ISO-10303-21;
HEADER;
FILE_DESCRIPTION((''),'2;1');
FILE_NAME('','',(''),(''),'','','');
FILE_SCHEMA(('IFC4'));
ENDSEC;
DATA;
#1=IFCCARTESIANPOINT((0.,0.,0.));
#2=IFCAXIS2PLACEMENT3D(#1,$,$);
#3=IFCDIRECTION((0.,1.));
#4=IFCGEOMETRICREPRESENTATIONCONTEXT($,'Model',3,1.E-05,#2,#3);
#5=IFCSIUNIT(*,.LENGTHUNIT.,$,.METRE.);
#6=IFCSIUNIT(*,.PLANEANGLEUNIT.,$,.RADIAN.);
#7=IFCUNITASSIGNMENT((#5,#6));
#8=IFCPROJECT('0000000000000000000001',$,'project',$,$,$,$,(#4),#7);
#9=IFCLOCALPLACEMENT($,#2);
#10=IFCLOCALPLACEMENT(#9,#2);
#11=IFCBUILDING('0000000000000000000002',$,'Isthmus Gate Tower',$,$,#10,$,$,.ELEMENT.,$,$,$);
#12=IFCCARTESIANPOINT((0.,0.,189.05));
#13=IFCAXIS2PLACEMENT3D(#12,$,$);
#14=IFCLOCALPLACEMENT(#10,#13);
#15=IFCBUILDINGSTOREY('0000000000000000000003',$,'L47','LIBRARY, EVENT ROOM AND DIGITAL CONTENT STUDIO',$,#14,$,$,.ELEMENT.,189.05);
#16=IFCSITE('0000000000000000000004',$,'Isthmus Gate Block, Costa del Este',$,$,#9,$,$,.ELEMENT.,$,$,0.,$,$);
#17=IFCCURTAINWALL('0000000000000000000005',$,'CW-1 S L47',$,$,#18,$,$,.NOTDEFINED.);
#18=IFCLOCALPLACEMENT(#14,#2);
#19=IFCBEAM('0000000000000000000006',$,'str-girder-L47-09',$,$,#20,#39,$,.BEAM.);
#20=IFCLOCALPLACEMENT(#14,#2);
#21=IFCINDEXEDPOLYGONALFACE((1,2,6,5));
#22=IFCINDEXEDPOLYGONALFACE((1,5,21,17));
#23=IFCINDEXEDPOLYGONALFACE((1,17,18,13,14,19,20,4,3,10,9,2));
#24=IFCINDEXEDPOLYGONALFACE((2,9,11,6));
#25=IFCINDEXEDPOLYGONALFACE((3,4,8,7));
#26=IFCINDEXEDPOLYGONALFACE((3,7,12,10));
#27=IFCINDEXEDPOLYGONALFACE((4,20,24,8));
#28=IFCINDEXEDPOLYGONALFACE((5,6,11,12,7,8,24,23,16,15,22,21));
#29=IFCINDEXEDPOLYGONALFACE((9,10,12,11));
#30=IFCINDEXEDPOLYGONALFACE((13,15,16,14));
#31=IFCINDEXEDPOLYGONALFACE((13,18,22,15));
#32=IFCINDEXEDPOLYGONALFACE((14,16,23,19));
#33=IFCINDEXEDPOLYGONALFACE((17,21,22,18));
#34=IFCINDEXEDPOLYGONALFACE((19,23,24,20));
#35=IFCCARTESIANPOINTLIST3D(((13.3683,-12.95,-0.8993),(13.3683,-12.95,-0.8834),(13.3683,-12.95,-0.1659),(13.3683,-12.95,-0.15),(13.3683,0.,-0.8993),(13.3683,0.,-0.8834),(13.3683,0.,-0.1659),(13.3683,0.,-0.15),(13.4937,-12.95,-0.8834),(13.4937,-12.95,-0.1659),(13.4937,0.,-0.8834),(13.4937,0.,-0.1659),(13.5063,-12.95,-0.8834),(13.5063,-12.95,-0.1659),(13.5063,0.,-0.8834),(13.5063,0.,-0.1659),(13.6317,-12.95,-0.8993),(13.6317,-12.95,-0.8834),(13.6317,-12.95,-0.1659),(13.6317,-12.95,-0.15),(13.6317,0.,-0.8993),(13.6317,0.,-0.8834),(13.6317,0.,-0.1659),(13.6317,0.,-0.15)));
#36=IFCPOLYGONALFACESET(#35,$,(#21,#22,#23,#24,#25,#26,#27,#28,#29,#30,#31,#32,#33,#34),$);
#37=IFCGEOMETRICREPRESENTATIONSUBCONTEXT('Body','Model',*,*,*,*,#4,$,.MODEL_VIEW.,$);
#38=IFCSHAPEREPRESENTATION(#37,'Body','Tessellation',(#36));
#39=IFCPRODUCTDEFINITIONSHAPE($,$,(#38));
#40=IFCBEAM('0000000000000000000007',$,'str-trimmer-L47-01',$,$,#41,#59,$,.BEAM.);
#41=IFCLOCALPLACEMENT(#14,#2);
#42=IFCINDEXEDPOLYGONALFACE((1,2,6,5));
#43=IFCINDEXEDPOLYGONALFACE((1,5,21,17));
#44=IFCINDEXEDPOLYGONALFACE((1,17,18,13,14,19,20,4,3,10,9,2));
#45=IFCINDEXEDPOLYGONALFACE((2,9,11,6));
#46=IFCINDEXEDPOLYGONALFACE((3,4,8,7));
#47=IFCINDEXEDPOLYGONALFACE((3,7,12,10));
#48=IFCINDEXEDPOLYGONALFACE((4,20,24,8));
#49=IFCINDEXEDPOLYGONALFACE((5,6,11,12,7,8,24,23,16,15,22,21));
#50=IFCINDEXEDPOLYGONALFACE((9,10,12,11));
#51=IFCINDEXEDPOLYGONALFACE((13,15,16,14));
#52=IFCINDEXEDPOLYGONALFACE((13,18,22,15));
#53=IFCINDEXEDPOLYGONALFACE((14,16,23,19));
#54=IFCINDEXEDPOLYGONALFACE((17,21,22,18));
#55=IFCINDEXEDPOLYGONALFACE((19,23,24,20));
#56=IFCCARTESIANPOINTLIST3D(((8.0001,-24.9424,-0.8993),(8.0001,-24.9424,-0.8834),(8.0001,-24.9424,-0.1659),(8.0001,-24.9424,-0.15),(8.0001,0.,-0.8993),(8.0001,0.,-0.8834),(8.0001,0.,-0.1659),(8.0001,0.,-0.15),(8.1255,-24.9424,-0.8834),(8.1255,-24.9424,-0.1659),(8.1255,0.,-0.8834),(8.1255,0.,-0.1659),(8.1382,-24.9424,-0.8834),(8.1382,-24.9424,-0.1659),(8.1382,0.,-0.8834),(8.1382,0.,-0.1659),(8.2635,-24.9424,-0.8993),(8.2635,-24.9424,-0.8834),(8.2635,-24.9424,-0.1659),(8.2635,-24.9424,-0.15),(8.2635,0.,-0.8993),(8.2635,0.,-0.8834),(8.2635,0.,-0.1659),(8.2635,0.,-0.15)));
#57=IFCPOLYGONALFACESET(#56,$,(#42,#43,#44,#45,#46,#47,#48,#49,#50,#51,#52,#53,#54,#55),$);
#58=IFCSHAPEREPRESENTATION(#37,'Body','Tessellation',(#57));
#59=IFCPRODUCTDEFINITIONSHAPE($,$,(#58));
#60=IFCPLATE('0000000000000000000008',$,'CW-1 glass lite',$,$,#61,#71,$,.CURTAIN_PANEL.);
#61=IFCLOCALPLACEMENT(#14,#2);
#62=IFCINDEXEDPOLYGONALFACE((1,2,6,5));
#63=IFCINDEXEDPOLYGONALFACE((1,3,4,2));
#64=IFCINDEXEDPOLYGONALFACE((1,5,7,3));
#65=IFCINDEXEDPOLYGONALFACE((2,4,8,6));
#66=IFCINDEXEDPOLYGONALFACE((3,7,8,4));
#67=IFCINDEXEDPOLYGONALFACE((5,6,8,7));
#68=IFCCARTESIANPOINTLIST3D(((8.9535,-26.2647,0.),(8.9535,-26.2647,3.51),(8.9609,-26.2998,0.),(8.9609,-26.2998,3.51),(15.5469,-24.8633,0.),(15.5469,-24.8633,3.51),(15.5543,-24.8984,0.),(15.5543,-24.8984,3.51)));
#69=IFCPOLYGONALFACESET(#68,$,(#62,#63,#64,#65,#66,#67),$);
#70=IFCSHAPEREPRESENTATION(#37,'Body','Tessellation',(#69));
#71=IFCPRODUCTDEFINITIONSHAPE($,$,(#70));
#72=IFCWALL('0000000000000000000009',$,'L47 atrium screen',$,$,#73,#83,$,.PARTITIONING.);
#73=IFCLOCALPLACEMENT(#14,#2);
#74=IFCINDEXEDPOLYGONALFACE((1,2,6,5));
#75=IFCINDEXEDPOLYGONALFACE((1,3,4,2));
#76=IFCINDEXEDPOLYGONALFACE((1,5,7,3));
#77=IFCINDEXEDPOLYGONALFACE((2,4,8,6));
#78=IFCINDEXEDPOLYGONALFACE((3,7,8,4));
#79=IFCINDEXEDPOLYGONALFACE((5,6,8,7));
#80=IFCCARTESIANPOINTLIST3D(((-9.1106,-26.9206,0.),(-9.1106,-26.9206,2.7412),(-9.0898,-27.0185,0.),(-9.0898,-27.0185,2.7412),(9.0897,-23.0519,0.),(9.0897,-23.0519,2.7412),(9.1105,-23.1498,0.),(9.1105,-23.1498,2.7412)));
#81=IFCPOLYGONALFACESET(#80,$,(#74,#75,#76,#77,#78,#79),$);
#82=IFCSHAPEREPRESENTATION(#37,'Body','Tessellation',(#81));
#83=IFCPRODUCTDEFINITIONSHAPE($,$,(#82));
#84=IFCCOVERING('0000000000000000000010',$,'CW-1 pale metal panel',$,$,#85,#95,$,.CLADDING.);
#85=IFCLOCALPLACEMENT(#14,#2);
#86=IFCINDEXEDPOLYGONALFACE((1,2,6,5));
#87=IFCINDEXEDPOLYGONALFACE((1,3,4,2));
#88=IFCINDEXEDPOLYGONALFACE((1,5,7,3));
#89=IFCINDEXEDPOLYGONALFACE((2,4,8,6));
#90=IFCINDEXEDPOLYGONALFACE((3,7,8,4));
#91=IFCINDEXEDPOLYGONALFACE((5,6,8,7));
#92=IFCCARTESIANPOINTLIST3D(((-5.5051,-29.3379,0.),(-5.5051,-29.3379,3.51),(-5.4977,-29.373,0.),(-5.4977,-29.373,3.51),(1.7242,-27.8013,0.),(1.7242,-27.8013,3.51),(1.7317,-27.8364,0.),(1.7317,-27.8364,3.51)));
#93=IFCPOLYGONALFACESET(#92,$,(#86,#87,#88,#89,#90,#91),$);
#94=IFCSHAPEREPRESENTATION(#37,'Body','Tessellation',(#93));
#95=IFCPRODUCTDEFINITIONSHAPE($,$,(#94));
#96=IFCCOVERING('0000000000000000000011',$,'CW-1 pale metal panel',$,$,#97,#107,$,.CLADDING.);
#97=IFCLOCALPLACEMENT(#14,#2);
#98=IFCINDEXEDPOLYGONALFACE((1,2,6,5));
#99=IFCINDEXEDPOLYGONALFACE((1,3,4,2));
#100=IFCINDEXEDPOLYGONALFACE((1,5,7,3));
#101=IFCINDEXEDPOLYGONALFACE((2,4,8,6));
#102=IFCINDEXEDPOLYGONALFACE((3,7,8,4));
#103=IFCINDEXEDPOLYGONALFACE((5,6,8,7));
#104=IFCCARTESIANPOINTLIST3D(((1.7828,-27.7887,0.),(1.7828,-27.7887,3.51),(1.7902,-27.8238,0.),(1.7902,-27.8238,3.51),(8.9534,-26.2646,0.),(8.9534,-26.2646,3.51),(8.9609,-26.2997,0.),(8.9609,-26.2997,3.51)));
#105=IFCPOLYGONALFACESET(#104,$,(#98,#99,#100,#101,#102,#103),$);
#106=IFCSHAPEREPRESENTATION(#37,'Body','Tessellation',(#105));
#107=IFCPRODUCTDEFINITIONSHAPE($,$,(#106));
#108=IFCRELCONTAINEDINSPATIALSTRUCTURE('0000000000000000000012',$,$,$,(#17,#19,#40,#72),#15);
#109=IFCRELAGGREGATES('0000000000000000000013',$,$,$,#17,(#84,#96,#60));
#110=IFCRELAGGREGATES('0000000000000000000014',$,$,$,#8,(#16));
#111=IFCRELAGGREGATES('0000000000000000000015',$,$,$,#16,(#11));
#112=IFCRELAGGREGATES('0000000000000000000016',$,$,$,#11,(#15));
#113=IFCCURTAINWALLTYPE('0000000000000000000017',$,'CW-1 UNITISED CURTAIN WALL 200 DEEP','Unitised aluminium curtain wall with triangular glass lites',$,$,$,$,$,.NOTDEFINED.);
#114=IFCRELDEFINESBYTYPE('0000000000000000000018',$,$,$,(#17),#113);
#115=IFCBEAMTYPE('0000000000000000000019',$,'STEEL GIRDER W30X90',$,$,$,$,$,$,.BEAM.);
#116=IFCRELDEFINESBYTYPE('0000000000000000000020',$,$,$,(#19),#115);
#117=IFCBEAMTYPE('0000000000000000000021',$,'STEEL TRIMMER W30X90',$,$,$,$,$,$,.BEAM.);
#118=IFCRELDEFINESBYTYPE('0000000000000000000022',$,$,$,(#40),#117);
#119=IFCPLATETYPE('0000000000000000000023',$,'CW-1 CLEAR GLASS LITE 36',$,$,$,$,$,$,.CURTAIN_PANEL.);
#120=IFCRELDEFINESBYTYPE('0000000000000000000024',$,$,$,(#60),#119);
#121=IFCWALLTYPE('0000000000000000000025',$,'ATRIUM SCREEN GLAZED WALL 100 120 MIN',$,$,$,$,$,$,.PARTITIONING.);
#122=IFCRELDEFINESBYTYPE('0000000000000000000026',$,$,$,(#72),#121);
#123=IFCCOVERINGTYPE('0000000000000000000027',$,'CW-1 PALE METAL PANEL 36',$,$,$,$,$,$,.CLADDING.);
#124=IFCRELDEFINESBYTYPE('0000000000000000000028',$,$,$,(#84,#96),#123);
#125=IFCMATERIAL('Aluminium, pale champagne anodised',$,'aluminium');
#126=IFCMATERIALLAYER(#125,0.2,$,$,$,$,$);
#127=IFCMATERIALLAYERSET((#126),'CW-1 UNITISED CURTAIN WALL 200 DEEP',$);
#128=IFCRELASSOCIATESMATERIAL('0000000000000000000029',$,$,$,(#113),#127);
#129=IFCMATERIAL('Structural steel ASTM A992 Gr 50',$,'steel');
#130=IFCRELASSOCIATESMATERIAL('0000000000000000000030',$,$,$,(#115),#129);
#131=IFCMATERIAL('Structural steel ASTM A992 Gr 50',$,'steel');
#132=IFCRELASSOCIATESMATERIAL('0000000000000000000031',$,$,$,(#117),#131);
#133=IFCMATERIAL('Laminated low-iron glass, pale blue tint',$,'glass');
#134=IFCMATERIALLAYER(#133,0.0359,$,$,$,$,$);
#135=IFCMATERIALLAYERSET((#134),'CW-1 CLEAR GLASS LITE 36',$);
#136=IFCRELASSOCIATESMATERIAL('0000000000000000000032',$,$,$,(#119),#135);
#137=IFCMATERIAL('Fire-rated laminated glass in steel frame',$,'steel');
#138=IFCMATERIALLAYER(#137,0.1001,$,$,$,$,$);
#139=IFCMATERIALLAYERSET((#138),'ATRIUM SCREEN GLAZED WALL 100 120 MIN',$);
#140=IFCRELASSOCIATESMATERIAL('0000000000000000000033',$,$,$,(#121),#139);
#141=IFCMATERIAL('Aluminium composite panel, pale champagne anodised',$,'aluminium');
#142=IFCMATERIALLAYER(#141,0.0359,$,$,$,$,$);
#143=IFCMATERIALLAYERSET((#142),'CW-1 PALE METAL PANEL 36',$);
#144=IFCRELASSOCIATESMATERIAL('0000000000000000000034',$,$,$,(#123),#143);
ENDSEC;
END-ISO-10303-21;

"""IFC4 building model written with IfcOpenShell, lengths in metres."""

from ifc_helpers import new_model, si_unit, direction, frame, frame_2d, origin, origin_2d, place, context, subcontext, project, spatial, rectangle, i_section, extrude, material, layer, layer_set, material_profile, profile_set, type_object, element, aggregate, save


model = new_model("IFC4")

# Units and contexts
model_context = context("Model", 3, precision=1e-05, world=origin(), true_north=direction((0.0, 1.0)))
body_context = subcontext(model_context, "Body", "Model", "MODEL_VIEW")
ifc_project = project(units=[si_unit("LENGTHUNIT", "METRE"), si_unit("PLANEANGLEUNIT", "RADIAN")], contexts=[model_context])

# Site, building, storey
site_placement = place(None, origin())
site = spatial("IfcSite", under=ifc_project, at=site_placement, Name="Isthmus Gate Block, Costa del Este", CompositionType="ELEMENT", RefElevation=0.0)
building_placement = place(site_placement, origin())
building = spatial("IfcBuilding", under=site, at=building_placement, Name="Isthmus Gate Tower", CompositionType="ELEMENT")
storey_placement = place(building_placement, frame((0.0, 0.0, 189.05)))
storey = spatial("IfcBuildingStorey", under=building, at=storey_placement, Name="L47", Description="LIBRARY, EVENT ROOM AND DIGITAL CONTENT STUDIO", CompositionType="ELEMENT", Elevation=189.05)

# Curtain wall
ifc_material_1 = material(Name="Aluminium, pale champagne anodised", Category="aluminium")
ifc_layer_1 = layer(ifc_material_1, 0.2)
ifc_layer_set_1 = layer_set([ifc_layer_1], Name="CW-1 UNITISED CURTAIN WALL 200 DEEP")
curtain_wall_type = type_object("IfcCurtainWallType", Name="CW-1 UNITISED CURTAIN WALL 200 DEEP", Description="Unitised aluminium curtain wall with triangular glass lites", PredefinedType="NOTDEFINED", material=ifc_layer_set_1)
curtain_wall_placement = place(storey_placement, origin())
curtain_wall = element("IfcCurtainWall", 1, at=curtain_wall_placement, inside=storey, type_object=curtain_wall_type, Name="CW-1 S L47", PredefinedType="NOTDEFINED")

# Beams
ifc_material_2 = material(Name="Structural steel ASTM A992 Gr 50", Category="steel")
ifc_material_profile_1 = material_profile(ifc_material_2, i_section(OverallWidth=0.2634, OverallDepth=0.7493, WebThickness=0.0127, FlangeThickness=0.0159, at=origin_2d()), Name="W30X90")
ifc_profile_set_1 = profile_set([ifc_material_profile_1], Name="Structural steel ASTM A992 Gr 50")
beam_type_1 = type_object("IfcBeamType", Name="STEEL GIRDER W30X90", PredefinedType="BEAM", material=ifc_profile_set_1)
beam_1_placement = place(storey_placement, frame((13.5, -12.95, -0.5247), z_axis=(0.0, 1.0, 0.0), x_axis=(-1.0, 0.0, 0.0)))
element("IfcBeam", 2, at=beam_1_placement, inside=storey, type_object=beam_type_1, Name="str-girder-L47-09", PredefinedType="BEAM", context=body_context, shape_type="SweptSolid", body=[
    extrude(i_section(OverallWidth=0.2634, OverallDepth=0.7493, WebThickness=0.0127, FlangeThickness=0.0159, at=origin_2d()), origin(), (0.0, 0.0, 1.0), 12.95),
])
ifc_material_3 = material(Name="Structural steel ASTM A992 Gr 50", Category="steel")
ifc_material_profile_2 = material_profile(ifc_material_3, i_section(OverallWidth=0.2634, OverallDepth=0.7493, WebThickness=0.0127, FlangeThickness=0.0159, at=origin_2d()), Name="W30X90")
ifc_profile_set_2 = profile_set([ifc_material_profile_2], Name="Structural steel ASTM A992 Gr 50")
beam_type_2 = type_object("IfcBeamType", Name="STEEL TRIMMER W30X90", PredefinedType="BEAM", material=ifc_profile_set_2)
beam_2_placement = place(storey_placement, frame((8.1318, -24.9424, -0.5247), z_axis=(0.0, 1.0, 0.0), x_axis=(-1.0, 0.0, 0.0)))
element("IfcBeam", 3, at=beam_2_placement, inside=storey, type_object=beam_type_2, Name="str-trimmer-L47-01", PredefinedType="BEAM", context=body_context, shape_type="SweptSolid", body=[
    extrude(i_section(OverallWidth=0.2634, OverallDepth=0.7493, WebThickness=0.0127, FlangeThickness=0.0159, at=origin_2d()), origin(), (0.0, 0.0, 1.0), 24.9424),
])

# Plate
ifc_material_4 = material(Name="Laminated low-iron glass, pale blue tint", Category="glass")
ifc_layer_2 = layer(ifc_material_4, 0.0359)
ifc_layer_set_2 = layer_set([ifc_layer_2], Name="CW-1 CLEAR GLASS LITE 36")
plate_type = type_object("IfcPlateType", Name="CW-1 CLEAR GLASS LITE 36", PredefinedType="CURTAIN_PANEL", material=ifc_layer_set_2)
plate_placement = place(storey_placement, frame((12.2539, -25.5815, 0.0), z_axis=(0.0, 0.0, 1.0), x_axis=(0.978148, 0.207912, 0.0)))
plate = element("IfcPlate", 4, at=plate_placement, type_object=plate_type, Name="CW-1 glass lite", PredefinedType="CURTAIN_PANEL", context=body_context, shape_type="SweptSolid", body=[
    extrude(rectangle(XDim=6.7407, YDim=0.0359, at=origin_2d()), origin(), (0.0, 0.0, 1.0), 3.51),
])

# Wall
ifc_material_5 = material(Name="Fire-rated laminated glass in steel frame", Category="steel")
ifc_layer_3 = layer(ifc_material_5, 0.1001)
ifc_layer_set_3 = layer_set([ifc_layer_3], Name="ATRIUM SCREEN GLAZED WALL 100 120 MIN")
wall_type = type_object("IfcWallType", Name="ATRIUM SCREEN GLAZED WALL 100 120 MIN", PredefinedType="PARTITIONING", material=ifc_layer_set_3)
wall_placement = place(storey_placement, frame((9.1001, -23.1008, 0.0), z_axis=(0.0, 0.0, 1.0), x_axis=(-0.978147, -0.207916, 0.0)))
element("IfcWall", 5, at=wall_placement, inside=storey, type_object=wall_type, Name="L47 atrium screen", PredefinedType="PARTITIONING", context=body_context, shape_type="SweptSolid", body=[
    extrude(rectangle(XDim=18.6069, YDim=0.1001, at=frame_2d((9.3035, 0.0))), origin(), (0.0, 0.0, 1.0), 2.7412),
])

# Coverings
ifc_material_6 = material(Name="Aluminium composite panel, pale champagne anodised", Category="aluminium")
ifc_layer_4 = layer(ifc_material_6, 0.0359)
ifc_layer_set_4 = layer_set([ifc_layer_4], Name="CW-1 PALE METAL PANEL 36")
covering_type = type_object("IfcCoveringType", Name="CW-1 PALE METAL PANEL 36", PredefinedType="CLADDING", material=ifc_layer_set_4)
covering_1_placement = place(storey_placement, frame((-1.8867, -28.5872, 0.0), z_axis=(0.0, 0.0, 1.0), x_axis=(0.978148, 0.207912, 0.0)))
covering_1 = element("IfcCovering", 6, at=covering_1_placement, type_object=covering_type, Name="CW-1 pale metal panel", PredefinedType="CLADDING", context=body_context, shape_type="SweptSolid", body=[
    extrude(rectangle(XDim=7.3909, YDim=0.0359, at=origin_2d()), origin(), (0.0, 0.0, 1.0), 3.51),
])
covering_2_placement = place(storey_placement, frame((5.3718, -27.0442, 0.0), z_axis=(0.0, 0.0, 1.0), x_axis=(0.978148, 0.207912, 0.0)))
covering_2 = element("IfcCovering", 7, at=covering_2_placement, type_object=covering_type, Name="CW-1 pale metal panel", PredefinedType="CLADDING", context=body_context, shape_type="SweptSolid", body=[
    extrude(rectangle(XDim=7.3308, YDim=0.0359, at=origin_2d()), origin(), (0.0, 0.0, 1.0), 3.51),
])
aggregate(curtain_wall, [covering_1, covering_2, plate])

save(model, "model.ifc")
